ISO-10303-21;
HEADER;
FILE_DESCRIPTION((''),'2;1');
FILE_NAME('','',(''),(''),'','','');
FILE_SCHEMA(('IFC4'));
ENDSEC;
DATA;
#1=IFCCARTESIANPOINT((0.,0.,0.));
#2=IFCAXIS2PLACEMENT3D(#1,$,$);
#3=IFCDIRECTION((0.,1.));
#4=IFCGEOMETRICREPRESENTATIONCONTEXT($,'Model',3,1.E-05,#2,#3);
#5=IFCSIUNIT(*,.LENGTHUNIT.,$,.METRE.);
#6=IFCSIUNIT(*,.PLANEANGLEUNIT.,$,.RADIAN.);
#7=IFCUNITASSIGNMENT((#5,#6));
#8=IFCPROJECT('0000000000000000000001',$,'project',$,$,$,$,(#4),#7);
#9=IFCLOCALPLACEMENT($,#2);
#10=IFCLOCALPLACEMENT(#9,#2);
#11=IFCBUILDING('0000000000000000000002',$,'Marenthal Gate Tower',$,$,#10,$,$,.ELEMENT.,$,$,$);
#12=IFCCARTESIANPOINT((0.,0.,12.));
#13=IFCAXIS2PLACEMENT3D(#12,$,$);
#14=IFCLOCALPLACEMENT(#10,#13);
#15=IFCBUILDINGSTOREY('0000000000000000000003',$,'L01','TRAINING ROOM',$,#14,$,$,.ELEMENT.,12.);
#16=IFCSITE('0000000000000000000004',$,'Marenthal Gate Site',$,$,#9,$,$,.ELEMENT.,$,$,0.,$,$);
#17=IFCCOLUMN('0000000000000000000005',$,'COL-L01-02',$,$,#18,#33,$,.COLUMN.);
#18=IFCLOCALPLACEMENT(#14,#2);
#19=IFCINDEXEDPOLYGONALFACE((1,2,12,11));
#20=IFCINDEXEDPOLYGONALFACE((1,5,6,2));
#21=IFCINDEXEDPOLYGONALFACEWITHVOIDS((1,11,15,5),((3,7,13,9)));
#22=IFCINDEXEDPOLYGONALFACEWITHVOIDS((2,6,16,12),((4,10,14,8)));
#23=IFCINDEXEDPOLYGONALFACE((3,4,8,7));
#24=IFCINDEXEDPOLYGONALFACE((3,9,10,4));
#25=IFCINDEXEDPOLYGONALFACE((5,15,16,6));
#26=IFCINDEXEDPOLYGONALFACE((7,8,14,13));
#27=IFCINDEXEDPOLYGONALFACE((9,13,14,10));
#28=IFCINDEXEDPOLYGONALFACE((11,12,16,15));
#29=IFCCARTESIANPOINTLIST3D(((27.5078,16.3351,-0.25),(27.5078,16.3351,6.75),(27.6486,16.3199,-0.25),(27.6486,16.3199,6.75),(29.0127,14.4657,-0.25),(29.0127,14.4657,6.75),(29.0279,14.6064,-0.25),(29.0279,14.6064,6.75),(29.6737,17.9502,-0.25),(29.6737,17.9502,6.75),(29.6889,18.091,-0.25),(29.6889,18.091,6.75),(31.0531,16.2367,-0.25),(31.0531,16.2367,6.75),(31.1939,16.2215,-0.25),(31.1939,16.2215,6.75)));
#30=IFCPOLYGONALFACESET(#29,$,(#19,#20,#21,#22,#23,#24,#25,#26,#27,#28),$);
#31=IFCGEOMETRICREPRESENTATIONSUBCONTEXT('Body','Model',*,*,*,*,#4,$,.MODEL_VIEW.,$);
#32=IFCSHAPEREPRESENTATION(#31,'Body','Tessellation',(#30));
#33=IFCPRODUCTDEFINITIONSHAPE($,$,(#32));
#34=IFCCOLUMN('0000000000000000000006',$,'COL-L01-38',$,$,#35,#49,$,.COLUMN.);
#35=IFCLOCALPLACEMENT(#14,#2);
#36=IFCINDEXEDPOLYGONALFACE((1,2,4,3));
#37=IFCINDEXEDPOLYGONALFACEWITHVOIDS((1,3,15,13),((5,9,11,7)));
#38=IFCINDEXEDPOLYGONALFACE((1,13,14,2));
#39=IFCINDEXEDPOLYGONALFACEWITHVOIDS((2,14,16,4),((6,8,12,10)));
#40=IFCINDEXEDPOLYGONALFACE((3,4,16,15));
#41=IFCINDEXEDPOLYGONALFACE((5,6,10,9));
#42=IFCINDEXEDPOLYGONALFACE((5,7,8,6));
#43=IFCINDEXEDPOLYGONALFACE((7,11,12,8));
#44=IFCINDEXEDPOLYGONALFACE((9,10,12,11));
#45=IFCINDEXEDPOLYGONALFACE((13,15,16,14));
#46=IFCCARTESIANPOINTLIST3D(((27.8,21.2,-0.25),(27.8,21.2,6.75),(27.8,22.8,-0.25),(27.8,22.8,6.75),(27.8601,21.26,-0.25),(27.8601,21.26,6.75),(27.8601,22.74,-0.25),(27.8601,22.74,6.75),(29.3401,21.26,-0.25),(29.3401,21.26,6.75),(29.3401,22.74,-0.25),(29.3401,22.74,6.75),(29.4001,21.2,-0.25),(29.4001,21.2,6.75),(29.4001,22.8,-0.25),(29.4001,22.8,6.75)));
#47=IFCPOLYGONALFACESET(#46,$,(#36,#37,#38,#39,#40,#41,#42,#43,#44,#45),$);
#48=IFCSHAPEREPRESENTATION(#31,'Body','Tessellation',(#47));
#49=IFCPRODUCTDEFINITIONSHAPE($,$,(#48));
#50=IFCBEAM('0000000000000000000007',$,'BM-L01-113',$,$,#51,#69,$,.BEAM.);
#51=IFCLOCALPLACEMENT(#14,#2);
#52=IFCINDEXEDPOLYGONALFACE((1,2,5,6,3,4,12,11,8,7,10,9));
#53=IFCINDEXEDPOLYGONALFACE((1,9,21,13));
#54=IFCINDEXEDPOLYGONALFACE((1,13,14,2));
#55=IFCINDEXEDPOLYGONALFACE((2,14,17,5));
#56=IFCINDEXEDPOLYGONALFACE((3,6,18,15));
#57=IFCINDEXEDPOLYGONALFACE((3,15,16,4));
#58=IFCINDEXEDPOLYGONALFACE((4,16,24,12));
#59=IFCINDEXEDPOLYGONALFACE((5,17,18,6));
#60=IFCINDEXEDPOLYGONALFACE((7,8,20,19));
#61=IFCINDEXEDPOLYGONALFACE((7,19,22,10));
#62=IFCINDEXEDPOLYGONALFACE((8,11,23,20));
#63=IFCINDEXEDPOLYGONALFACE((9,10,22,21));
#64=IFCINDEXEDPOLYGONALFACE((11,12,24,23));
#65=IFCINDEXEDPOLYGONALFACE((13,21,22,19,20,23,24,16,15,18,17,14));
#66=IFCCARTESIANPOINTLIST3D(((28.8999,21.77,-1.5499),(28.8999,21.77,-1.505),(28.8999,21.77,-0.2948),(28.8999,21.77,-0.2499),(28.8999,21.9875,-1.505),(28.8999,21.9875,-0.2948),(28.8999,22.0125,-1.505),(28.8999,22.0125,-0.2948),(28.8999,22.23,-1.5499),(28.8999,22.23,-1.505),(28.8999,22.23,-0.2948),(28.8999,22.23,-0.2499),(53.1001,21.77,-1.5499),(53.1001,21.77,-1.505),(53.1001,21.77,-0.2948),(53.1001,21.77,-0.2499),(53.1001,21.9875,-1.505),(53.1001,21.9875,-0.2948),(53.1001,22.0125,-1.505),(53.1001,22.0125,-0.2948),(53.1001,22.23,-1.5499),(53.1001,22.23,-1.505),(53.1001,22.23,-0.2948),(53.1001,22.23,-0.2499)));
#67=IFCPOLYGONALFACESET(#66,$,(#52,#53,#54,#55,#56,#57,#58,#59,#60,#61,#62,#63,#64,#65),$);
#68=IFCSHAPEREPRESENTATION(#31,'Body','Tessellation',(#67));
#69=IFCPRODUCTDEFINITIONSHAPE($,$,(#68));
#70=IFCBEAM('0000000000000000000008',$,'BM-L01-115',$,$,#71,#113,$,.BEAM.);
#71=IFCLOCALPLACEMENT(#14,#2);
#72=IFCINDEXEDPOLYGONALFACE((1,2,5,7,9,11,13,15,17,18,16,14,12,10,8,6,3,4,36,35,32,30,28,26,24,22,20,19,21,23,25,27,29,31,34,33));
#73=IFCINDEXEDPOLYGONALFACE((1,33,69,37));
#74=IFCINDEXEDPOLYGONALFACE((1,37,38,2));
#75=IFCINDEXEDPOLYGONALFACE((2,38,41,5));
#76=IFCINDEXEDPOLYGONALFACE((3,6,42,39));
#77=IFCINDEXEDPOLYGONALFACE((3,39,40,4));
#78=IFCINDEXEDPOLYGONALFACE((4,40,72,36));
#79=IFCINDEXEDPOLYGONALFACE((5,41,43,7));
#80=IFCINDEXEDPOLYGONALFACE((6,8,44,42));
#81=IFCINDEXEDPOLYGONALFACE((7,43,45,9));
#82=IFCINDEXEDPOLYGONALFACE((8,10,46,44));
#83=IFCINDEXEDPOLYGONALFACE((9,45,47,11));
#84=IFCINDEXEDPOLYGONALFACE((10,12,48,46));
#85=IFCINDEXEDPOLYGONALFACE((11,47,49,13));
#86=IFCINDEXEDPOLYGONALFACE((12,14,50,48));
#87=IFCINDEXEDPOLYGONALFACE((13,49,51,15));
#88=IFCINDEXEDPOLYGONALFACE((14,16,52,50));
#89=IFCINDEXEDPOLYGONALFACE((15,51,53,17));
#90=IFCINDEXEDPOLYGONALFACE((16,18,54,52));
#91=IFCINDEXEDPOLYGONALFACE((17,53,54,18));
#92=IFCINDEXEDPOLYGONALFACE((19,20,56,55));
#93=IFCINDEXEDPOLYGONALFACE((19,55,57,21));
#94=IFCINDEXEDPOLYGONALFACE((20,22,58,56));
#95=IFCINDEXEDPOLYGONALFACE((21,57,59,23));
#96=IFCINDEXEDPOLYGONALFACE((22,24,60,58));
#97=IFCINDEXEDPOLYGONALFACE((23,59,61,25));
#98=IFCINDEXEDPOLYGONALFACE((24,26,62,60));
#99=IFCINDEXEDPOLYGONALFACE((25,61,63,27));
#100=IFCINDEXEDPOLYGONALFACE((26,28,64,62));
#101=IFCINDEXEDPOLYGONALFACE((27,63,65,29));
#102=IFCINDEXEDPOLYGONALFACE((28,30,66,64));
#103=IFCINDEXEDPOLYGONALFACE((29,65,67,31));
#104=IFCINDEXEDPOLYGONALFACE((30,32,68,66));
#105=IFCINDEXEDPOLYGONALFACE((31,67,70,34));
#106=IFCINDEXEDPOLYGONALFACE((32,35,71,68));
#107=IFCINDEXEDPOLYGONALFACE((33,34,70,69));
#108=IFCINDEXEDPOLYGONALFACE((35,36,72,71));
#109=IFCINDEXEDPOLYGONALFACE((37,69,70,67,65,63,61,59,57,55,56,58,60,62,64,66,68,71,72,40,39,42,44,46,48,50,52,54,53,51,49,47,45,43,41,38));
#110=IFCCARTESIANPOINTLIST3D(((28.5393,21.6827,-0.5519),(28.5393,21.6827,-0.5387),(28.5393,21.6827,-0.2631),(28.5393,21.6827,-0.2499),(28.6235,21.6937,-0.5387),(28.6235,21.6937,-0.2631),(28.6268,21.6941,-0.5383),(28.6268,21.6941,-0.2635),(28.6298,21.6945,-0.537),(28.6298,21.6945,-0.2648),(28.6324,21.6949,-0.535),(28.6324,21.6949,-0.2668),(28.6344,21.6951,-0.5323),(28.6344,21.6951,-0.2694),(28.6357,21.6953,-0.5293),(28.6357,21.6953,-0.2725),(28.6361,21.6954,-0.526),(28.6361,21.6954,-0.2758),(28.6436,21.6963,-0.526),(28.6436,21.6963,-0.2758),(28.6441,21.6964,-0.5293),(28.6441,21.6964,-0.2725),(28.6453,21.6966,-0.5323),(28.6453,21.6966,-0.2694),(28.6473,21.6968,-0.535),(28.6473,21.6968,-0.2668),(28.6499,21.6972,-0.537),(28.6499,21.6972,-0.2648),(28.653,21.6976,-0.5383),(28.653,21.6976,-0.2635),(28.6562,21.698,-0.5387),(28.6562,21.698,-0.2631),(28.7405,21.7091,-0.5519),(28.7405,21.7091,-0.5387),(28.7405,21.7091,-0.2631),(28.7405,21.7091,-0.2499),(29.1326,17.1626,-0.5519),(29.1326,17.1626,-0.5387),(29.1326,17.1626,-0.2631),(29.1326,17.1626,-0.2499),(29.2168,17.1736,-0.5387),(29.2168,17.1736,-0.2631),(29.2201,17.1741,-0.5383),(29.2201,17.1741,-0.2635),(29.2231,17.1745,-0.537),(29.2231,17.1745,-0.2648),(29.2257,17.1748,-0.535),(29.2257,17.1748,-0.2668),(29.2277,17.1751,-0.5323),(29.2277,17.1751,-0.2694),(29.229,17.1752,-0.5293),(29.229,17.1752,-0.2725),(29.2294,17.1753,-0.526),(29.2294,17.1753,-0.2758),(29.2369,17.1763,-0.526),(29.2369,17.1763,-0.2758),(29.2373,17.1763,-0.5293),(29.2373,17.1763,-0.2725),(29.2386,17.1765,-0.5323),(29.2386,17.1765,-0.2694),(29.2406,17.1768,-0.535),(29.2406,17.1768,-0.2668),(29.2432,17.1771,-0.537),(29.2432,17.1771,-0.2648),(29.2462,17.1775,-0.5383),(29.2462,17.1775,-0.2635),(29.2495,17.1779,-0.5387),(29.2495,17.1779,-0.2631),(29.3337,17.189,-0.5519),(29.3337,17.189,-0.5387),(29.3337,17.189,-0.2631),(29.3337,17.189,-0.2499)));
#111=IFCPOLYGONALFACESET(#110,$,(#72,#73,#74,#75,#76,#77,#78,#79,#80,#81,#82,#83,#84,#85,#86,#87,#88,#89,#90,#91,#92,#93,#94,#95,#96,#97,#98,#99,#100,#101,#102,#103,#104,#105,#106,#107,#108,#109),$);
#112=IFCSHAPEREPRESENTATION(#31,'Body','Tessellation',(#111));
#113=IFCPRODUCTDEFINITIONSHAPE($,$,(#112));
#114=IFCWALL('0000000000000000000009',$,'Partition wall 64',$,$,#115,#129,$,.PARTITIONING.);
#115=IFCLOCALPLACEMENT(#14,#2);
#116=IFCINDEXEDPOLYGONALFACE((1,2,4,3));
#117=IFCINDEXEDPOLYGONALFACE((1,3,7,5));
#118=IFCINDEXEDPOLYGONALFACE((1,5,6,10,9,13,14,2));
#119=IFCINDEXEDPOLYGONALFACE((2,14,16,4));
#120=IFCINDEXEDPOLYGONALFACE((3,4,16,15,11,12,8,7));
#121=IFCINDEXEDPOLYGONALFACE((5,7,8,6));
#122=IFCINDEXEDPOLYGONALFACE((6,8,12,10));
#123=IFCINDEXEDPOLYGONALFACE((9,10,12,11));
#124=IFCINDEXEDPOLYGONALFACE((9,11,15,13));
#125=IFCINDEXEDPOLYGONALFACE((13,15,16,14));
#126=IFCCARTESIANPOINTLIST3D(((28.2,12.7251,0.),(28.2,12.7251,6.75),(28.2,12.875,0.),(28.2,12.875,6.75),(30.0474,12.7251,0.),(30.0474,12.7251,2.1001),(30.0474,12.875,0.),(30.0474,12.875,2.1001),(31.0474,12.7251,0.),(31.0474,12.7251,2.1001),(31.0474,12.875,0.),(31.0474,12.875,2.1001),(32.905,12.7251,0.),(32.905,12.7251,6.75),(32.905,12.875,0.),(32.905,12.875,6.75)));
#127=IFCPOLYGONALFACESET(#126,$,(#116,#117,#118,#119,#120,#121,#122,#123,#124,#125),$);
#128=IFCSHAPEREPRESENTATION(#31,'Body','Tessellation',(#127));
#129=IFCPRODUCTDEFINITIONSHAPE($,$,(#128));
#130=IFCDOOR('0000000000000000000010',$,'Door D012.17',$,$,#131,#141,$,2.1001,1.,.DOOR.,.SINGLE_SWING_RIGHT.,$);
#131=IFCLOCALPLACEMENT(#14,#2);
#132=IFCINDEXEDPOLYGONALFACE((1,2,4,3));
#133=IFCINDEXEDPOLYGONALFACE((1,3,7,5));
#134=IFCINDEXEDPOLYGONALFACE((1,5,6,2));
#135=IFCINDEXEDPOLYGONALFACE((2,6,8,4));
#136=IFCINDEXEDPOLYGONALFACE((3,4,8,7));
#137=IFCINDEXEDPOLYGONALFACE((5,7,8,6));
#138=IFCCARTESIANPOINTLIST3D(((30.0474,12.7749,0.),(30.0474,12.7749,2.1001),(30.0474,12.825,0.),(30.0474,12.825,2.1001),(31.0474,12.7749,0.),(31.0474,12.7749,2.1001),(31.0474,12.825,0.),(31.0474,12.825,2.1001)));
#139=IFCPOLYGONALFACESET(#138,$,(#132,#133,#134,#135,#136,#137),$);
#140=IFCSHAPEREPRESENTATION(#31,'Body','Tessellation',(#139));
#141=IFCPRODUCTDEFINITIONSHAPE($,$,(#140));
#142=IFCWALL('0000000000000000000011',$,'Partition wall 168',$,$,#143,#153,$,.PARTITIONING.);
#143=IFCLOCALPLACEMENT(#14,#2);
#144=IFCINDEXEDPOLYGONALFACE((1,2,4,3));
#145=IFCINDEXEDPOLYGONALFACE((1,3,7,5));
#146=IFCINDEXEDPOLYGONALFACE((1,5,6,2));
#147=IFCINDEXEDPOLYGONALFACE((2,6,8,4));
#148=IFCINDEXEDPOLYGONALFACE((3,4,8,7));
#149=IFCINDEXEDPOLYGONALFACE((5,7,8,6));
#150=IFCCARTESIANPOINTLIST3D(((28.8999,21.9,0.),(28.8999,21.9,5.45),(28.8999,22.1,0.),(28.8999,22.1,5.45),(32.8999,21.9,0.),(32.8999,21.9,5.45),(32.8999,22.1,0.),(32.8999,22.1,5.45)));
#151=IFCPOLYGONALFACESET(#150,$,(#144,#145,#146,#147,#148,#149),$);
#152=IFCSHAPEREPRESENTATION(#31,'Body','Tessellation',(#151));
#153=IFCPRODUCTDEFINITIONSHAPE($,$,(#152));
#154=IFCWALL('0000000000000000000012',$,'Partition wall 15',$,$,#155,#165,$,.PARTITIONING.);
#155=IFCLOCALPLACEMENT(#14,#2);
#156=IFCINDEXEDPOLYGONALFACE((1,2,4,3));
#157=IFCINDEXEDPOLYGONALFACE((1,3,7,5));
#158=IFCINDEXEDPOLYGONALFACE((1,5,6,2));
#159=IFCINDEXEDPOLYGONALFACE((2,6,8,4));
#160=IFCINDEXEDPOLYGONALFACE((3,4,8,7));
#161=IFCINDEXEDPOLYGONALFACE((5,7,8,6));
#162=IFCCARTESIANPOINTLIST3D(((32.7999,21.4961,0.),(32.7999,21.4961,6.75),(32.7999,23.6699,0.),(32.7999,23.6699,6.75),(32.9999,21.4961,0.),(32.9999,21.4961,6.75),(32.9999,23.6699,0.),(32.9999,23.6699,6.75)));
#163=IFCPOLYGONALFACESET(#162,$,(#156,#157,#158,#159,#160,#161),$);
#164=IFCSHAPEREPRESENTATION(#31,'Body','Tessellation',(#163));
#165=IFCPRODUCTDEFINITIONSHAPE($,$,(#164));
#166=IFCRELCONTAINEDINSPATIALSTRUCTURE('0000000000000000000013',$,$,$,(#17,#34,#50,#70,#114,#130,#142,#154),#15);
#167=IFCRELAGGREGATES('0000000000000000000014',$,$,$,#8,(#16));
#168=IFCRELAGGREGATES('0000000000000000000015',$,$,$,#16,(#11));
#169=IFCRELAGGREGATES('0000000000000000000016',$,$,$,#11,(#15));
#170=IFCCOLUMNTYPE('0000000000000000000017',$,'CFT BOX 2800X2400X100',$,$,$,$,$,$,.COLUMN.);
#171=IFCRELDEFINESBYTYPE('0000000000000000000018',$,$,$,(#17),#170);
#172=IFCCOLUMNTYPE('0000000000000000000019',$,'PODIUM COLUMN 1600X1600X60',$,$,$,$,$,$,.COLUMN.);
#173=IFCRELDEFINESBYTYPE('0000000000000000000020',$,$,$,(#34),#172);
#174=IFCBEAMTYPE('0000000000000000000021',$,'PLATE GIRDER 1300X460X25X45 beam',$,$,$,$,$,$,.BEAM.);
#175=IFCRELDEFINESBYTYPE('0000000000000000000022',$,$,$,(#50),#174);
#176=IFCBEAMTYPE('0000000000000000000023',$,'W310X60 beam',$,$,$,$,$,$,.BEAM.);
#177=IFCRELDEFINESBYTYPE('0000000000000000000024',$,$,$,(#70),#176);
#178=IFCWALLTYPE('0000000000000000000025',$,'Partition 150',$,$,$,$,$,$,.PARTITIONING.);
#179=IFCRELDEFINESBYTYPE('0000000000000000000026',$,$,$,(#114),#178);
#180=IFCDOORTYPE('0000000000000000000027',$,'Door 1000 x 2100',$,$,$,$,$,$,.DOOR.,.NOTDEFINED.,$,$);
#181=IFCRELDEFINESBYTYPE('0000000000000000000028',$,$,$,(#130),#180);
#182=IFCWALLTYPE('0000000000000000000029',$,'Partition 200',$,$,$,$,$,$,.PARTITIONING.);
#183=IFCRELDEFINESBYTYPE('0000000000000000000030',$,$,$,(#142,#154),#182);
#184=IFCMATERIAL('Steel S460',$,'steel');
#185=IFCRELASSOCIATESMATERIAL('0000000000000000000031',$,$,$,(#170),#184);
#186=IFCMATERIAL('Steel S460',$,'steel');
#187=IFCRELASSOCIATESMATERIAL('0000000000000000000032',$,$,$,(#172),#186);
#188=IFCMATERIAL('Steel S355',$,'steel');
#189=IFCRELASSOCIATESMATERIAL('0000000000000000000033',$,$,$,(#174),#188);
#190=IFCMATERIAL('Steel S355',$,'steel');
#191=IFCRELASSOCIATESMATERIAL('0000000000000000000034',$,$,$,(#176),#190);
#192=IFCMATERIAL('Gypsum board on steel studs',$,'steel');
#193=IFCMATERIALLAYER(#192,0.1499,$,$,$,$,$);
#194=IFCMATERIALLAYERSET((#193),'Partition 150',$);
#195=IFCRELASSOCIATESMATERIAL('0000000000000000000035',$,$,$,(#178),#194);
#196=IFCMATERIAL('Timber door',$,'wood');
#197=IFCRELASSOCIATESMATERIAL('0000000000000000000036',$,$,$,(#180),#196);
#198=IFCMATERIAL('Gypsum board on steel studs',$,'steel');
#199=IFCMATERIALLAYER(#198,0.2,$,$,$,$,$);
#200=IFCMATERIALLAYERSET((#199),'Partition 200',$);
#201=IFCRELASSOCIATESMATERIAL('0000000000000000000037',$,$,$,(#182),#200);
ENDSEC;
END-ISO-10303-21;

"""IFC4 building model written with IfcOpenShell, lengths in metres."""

from ifc_helpers import new_model, si_unit, direction, frame, frame_2d, origin, origin_2d, place, context, subcontext, project, spatial, rectangle, hollow_rectangle, i_section, extrude, material, layer, layer_set, material_profile, profile_set, type_object, element, fill, save


model = new_model("IFC4")

# Units and contexts
model_context = context("Model", 3, precision=1e-05, world=origin(), true_north=direction((0.0, 1.0)))
body_context = subcontext(model_context, "Body", "Model", "MODEL_VIEW")
ifc_project = project(units=[si_unit("LENGTHUNIT", "METRE"), si_unit("PLANEANGLEUNIT", "RADIAN")], contexts=[model_context])

# Site, building, storey
site_placement = place(None, origin())
site = spatial("IfcSite", under=ifc_project, at=site_placement, Name="Marenthal Gate Site", CompositionType="ELEMENT", RefElevation=0.0)
building_placement = place(site_placement, origin())
building = spatial("IfcBuilding", under=site, at=building_placement, Name="Marenthal Gate Tower", CompositionType="ELEMENT")
storey_placement = place(building_placement, frame((0.0, 0.0, 12.0)))
storey = spatial("IfcBuildingStorey", under=building, at=storey_placement, Name="L01", Description="TRAINING ROOM", CompositionType="ELEMENT", Elevation=12.0)

# Columns
ifc_material_1 = material(Name="Steel S460", Category="steel")
ifc_material_profile_1 = material_profile(ifc_material_1, hollow_rectangle(XDim=2.3999, YDim=2.8, WallThickness=0.1001, at=origin_2d()), Name="CFT BOX 2800X2400X100")
ifc_material_2 = material(Name="Concrete 70 MPa", Category="concrete")
ifc_material_profile_2 = material_profile(ifc_material_2, rectangle(XDim=2.2, YDim=2.6001, at=origin_2d()), Name="CFT BOX 2800X2400X100 INFILL")
ifc_profile_set_1 = profile_set([ifc_material_profile_1, ifc_material_profile_2], Name="Steel S460 shell, Concrete 70 MPa infill")
column_type_1 = type_object("IfcColumnType", Name="CFT BOX 2800X2400X100", PredefinedType="COLUMN", material=ifc_profile_set_1)
column_1_placement = place(storey_placement, frame((29.3508, 16.2783, -0.25), z_axis=(0.0, 0.0, 1.0), x_axis=(0.62707, -0.778963, 0.0)))
element("IfcColumn", 1, at=column_1_placement, inside=storey, type_object=column_type_1, Name="COL-L01-02", PredefinedType="COLUMN", context=body_context, shape_type="SweptSolid", body=[
    extrude(hollow_rectangle(XDim=2.3999, YDim=2.8, WallThickness=0.1001, at=origin_2d()), origin(), (0.0, 0.0, 1.0), 7.0),
])
ifc_material_3 = material(Name="Steel S460", Category="steel")
ifc_material_profile_3 = material_profile(ifc_material_3, hollow_rectangle(XDim=1.6001, YDim=1.6001, WallThickness=0.0601, at=origin_2d()), Name="CFT BOX 1600X1600X60")
ifc_material_4 = material(Name="Concrete 70 MPa", Category="concrete")
ifc_material_profile_4 = material_profile(ifc_material_4, rectangle(XDim=1.48, YDim=1.48, at=origin_2d()), Name="CFT BOX 1600X1600X60 INFILL")
ifc_profile_set_2 = profile_set([ifc_material_profile_3, ifc_material_profile_4], Name="Steel S460 shell, Concrete 70 MPa infill")
column_type_2 = type_object("IfcColumnType", Name="PODIUM COLUMN 1600X1600X60", PredefinedType="COLUMN", material=ifc_profile_set_2)
column_2_placement = place(storey_placement, frame((28.6001, 22.0, -0.25), z_axis=(0.0, 0.0, 1.0), x_axis=(1.0, 0.0, 0.0)))
element("IfcColumn", 2, at=column_2_placement, inside=storey, type_object=column_type_2, Name="COL-L01-38", PredefinedType="COLUMN", context=body_context, shape_type="SweptSolid", body=[
    extrude(hollow_rectangle(XDim=1.6001, YDim=1.6001, WallThickness=0.0601, at=origin_2d()), origin(), (0.0, 0.0, 1.0), 7.0),
])

# Beams
ifc_material_5 = material(Name="Steel S355", Category="steel")
ifc_material_profile_5 = material_profile(ifc_material_5, i_section(OverallWidth=0.46, OverallDepth=1.3, WebThickness=0.0249, FlangeThickness=0.0449, at=origin_2d()), Name="PLATE GIRDER 1300X460X25X45")
ifc_profile_set_3 = profile_set([ifc_material_profile_5], Name="Steel S355")
beam_type_1 = type_object("IfcBeamType", Name="PLATE GIRDER 1300X460X25X45 beam", PredefinedType="BEAM", material=ifc_profile_set_3)
beam_1_placement = place(storey_placement, frame((28.8999, 22.0, -0.8999), z_axis=(1.0, 0.0, 0.0), x_axis=(0.0, 1.0, 0.0)))
element("IfcBeam", 3, at=beam_1_placement, inside=storey, type_object=beam_type_1, Name="BM-L01-113", PredefinedType="BEAM", context=body_context, shape_type="SweptSolid", body=[
    extrude(i_section(OverallWidth=0.46, OverallDepth=1.3, WebThickness=0.0249, FlangeThickness=0.0449, at=origin_2d()), origin(), (0.0, 0.0, 1.0), 24.2002),
])
ifc_material_6 = material(Name="Steel S355", Category="steel")
ifc_material_profile_6 = material_profile(ifc_material_6, i_section(OverallWidth=0.2029, OverallDepth=0.302, WebThickness=0.0076, FlangeThickness=0.0132, FilletRadius=0.0127, at=origin_2d()), Name="W310X60")
ifc_profile_set_4 = profile_set([ifc_material_profile_6], Name="Steel S355")
beam_type_2 = type_object("IfcBeamType", Name="W310X60 beam", PredefinedType="BEAM", material=ifc_profile_set_4)
beam_2_placement = place(storey_placement, frame((29.2332, 17.1758, -0.4009), z_axis=(-0.130136, 0.991496, 0.0), x_axis=(-0.991496, -0.130136, 0.0)))
element("IfcBeam", 4, at=beam_2_placement, inside=storey, type_object=beam_type_2, Name="BM-L01-115", PredefinedType="BEAM", context=body_context, shape_type="SweptSolid", body=[
    extrude(i_section(OverallWidth=0.2029, OverallDepth=0.302, WebThickness=0.0076, FlangeThickness=0.0132, FilletRadius=0.0127, at=origin_2d()), origin(), (0.0, 0.0, 1.0), 4.5588),
])

# Wall, opening, door
ifc_material_7 = material(Name="Gypsum board on steel studs", Category="steel")
ifc_layer_1 = layer(ifc_material_7, 0.1499)
ifc_layer_set_1 = layer_set([ifc_layer_1], Name="Partition 150")
wall_type_1 = type_object("IfcWallType", Name="Partition 150", PredefinedType="PARTITIONING", material=ifc_layer_set_1)
wall_1_placement = place(storey_placement, frame((28.2, 12.8, 0.0), z_axis=(0.0, 0.0, 1.0), x_axis=(1.0, 0.0, 0.0)))
wall_1 = element("IfcWall", 5, at=wall_1_placement, inside=storey, type_object=wall_type_1, Name="Partition wall 64", PredefinedType="PARTITIONING", context=body_context, shape_type="SweptSolid", body=[
    extrude(rectangle(XDim=4.7051, YDim=0.1499, at=frame_2d((2.3525, 0.0))), origin(), (0.0, 0.0, 1.0), 6.75),
])
opening_1_placement = place(wall_1_placement, frame((1.8474, 0.0, 0.0)))
opening_1 = element("IfcOpeningElement", 6, at=opening_1_placement, cuts=wall_1, PredefinedType="OPENING", context=body_context, shape_type="SweptSolid", body=[
    extrude(rectangle(XDim=1.0, YDim=2.1001, at=frame_2d((0.5, 1.05))), frame((0.0, 0.085, 0.0), z_axis=(0.0, -1.0, 0.0), x_axis=(1.0, 0.0, 0.0)), (0.0, 0.0, 1.0), 0.1699),
])
ifc_material_8 = material(Name="Timber door", Category="wood")
door_type_1 = type_object("IfcDoorType", Name="Door 1000 x 2100", OperationType="NOTDEFINED", PredefinedType="DOOR", material=ifc_material_8)
door_1_placement = place(opening_1_placement, origin())
door_1 = element("IfcDoor", 7, at=door_1_placement, inside=storey, type_object=door_type_1, Name="Door D012.17", OperationType="SINGLE_SWING_RIGHT", OverallHeight=2.1001, OverallWidth=1.0, PredefinedType="DOOR", context=body_context, shape_type="SweptSolid", body=[
    extrude(rectangle(XDim=1.0, YDim=2.1001, at=frame_2d((0.5, 1.05))), frame((0.0, 0.0249, 0.0), z_axis=(0.0, -1.0, 0.0), x_axis=(1.0, 0.0, 0.0)), (0.0, 0.0, 1.0), 0.05),
])
fill(opening_1, door_1)

# Walls
ifc_material_9 = material(Name="Gypsum board on steel studs", Category="steel")
ifc_layer_2 = layer(ifc_material_9, 0.2)
ifc_layer_set_2 = layer_set([ifc_layer_2], Name="Partition 200")
wall_type_2 = type_object("IfcWallType", Name="Partition 200", PredefinedType="PARTITIONING", material=ifc_layer_set_2)
wall_2_placement = place(storey_placement, frame((28.8999, 22.0, 0.0), z_axis=(0.0, 0.0, 1.0), x_axis=(1.0, 0.0, 0.0)))
element("IfcWall", 8, at=wall_2_placement, inside=storey, type_object=wall_type_2, Name="Partition wall 168", PredefinedType="PARTITIONING", context=body_context, shape_type="SweptSolid", body=[
    extrude(rectangle(XDim=4.0, YDim=0.2, at=frame_2d((2.0, 0.0))), origin(), (0.0, 0.0, 1.0), 5.45),
])
wall_3_placement = place(storey_placement, frame((32.8999, 21.4961, 0.0), z_axis=(0.0, 0.0, 1.0), x_axis=(0.0, 1.0, 0.0)))
element("IfcWall", 9, at=wall_3_placement, inside=storey, type_object=wall_type_2, Name="Partition wall 15", PredefinedType="PARTITIONING", context=body_context, shape_type="SweptSolid", body=[
    extrude(rectangle(XDim=2.1738, YDim=0.2, at=frame_2d((1.0869, 0.0))), origin(), (0.0, 0.0, 1.0), 6.75),
])

save(model, "model.ifc")
